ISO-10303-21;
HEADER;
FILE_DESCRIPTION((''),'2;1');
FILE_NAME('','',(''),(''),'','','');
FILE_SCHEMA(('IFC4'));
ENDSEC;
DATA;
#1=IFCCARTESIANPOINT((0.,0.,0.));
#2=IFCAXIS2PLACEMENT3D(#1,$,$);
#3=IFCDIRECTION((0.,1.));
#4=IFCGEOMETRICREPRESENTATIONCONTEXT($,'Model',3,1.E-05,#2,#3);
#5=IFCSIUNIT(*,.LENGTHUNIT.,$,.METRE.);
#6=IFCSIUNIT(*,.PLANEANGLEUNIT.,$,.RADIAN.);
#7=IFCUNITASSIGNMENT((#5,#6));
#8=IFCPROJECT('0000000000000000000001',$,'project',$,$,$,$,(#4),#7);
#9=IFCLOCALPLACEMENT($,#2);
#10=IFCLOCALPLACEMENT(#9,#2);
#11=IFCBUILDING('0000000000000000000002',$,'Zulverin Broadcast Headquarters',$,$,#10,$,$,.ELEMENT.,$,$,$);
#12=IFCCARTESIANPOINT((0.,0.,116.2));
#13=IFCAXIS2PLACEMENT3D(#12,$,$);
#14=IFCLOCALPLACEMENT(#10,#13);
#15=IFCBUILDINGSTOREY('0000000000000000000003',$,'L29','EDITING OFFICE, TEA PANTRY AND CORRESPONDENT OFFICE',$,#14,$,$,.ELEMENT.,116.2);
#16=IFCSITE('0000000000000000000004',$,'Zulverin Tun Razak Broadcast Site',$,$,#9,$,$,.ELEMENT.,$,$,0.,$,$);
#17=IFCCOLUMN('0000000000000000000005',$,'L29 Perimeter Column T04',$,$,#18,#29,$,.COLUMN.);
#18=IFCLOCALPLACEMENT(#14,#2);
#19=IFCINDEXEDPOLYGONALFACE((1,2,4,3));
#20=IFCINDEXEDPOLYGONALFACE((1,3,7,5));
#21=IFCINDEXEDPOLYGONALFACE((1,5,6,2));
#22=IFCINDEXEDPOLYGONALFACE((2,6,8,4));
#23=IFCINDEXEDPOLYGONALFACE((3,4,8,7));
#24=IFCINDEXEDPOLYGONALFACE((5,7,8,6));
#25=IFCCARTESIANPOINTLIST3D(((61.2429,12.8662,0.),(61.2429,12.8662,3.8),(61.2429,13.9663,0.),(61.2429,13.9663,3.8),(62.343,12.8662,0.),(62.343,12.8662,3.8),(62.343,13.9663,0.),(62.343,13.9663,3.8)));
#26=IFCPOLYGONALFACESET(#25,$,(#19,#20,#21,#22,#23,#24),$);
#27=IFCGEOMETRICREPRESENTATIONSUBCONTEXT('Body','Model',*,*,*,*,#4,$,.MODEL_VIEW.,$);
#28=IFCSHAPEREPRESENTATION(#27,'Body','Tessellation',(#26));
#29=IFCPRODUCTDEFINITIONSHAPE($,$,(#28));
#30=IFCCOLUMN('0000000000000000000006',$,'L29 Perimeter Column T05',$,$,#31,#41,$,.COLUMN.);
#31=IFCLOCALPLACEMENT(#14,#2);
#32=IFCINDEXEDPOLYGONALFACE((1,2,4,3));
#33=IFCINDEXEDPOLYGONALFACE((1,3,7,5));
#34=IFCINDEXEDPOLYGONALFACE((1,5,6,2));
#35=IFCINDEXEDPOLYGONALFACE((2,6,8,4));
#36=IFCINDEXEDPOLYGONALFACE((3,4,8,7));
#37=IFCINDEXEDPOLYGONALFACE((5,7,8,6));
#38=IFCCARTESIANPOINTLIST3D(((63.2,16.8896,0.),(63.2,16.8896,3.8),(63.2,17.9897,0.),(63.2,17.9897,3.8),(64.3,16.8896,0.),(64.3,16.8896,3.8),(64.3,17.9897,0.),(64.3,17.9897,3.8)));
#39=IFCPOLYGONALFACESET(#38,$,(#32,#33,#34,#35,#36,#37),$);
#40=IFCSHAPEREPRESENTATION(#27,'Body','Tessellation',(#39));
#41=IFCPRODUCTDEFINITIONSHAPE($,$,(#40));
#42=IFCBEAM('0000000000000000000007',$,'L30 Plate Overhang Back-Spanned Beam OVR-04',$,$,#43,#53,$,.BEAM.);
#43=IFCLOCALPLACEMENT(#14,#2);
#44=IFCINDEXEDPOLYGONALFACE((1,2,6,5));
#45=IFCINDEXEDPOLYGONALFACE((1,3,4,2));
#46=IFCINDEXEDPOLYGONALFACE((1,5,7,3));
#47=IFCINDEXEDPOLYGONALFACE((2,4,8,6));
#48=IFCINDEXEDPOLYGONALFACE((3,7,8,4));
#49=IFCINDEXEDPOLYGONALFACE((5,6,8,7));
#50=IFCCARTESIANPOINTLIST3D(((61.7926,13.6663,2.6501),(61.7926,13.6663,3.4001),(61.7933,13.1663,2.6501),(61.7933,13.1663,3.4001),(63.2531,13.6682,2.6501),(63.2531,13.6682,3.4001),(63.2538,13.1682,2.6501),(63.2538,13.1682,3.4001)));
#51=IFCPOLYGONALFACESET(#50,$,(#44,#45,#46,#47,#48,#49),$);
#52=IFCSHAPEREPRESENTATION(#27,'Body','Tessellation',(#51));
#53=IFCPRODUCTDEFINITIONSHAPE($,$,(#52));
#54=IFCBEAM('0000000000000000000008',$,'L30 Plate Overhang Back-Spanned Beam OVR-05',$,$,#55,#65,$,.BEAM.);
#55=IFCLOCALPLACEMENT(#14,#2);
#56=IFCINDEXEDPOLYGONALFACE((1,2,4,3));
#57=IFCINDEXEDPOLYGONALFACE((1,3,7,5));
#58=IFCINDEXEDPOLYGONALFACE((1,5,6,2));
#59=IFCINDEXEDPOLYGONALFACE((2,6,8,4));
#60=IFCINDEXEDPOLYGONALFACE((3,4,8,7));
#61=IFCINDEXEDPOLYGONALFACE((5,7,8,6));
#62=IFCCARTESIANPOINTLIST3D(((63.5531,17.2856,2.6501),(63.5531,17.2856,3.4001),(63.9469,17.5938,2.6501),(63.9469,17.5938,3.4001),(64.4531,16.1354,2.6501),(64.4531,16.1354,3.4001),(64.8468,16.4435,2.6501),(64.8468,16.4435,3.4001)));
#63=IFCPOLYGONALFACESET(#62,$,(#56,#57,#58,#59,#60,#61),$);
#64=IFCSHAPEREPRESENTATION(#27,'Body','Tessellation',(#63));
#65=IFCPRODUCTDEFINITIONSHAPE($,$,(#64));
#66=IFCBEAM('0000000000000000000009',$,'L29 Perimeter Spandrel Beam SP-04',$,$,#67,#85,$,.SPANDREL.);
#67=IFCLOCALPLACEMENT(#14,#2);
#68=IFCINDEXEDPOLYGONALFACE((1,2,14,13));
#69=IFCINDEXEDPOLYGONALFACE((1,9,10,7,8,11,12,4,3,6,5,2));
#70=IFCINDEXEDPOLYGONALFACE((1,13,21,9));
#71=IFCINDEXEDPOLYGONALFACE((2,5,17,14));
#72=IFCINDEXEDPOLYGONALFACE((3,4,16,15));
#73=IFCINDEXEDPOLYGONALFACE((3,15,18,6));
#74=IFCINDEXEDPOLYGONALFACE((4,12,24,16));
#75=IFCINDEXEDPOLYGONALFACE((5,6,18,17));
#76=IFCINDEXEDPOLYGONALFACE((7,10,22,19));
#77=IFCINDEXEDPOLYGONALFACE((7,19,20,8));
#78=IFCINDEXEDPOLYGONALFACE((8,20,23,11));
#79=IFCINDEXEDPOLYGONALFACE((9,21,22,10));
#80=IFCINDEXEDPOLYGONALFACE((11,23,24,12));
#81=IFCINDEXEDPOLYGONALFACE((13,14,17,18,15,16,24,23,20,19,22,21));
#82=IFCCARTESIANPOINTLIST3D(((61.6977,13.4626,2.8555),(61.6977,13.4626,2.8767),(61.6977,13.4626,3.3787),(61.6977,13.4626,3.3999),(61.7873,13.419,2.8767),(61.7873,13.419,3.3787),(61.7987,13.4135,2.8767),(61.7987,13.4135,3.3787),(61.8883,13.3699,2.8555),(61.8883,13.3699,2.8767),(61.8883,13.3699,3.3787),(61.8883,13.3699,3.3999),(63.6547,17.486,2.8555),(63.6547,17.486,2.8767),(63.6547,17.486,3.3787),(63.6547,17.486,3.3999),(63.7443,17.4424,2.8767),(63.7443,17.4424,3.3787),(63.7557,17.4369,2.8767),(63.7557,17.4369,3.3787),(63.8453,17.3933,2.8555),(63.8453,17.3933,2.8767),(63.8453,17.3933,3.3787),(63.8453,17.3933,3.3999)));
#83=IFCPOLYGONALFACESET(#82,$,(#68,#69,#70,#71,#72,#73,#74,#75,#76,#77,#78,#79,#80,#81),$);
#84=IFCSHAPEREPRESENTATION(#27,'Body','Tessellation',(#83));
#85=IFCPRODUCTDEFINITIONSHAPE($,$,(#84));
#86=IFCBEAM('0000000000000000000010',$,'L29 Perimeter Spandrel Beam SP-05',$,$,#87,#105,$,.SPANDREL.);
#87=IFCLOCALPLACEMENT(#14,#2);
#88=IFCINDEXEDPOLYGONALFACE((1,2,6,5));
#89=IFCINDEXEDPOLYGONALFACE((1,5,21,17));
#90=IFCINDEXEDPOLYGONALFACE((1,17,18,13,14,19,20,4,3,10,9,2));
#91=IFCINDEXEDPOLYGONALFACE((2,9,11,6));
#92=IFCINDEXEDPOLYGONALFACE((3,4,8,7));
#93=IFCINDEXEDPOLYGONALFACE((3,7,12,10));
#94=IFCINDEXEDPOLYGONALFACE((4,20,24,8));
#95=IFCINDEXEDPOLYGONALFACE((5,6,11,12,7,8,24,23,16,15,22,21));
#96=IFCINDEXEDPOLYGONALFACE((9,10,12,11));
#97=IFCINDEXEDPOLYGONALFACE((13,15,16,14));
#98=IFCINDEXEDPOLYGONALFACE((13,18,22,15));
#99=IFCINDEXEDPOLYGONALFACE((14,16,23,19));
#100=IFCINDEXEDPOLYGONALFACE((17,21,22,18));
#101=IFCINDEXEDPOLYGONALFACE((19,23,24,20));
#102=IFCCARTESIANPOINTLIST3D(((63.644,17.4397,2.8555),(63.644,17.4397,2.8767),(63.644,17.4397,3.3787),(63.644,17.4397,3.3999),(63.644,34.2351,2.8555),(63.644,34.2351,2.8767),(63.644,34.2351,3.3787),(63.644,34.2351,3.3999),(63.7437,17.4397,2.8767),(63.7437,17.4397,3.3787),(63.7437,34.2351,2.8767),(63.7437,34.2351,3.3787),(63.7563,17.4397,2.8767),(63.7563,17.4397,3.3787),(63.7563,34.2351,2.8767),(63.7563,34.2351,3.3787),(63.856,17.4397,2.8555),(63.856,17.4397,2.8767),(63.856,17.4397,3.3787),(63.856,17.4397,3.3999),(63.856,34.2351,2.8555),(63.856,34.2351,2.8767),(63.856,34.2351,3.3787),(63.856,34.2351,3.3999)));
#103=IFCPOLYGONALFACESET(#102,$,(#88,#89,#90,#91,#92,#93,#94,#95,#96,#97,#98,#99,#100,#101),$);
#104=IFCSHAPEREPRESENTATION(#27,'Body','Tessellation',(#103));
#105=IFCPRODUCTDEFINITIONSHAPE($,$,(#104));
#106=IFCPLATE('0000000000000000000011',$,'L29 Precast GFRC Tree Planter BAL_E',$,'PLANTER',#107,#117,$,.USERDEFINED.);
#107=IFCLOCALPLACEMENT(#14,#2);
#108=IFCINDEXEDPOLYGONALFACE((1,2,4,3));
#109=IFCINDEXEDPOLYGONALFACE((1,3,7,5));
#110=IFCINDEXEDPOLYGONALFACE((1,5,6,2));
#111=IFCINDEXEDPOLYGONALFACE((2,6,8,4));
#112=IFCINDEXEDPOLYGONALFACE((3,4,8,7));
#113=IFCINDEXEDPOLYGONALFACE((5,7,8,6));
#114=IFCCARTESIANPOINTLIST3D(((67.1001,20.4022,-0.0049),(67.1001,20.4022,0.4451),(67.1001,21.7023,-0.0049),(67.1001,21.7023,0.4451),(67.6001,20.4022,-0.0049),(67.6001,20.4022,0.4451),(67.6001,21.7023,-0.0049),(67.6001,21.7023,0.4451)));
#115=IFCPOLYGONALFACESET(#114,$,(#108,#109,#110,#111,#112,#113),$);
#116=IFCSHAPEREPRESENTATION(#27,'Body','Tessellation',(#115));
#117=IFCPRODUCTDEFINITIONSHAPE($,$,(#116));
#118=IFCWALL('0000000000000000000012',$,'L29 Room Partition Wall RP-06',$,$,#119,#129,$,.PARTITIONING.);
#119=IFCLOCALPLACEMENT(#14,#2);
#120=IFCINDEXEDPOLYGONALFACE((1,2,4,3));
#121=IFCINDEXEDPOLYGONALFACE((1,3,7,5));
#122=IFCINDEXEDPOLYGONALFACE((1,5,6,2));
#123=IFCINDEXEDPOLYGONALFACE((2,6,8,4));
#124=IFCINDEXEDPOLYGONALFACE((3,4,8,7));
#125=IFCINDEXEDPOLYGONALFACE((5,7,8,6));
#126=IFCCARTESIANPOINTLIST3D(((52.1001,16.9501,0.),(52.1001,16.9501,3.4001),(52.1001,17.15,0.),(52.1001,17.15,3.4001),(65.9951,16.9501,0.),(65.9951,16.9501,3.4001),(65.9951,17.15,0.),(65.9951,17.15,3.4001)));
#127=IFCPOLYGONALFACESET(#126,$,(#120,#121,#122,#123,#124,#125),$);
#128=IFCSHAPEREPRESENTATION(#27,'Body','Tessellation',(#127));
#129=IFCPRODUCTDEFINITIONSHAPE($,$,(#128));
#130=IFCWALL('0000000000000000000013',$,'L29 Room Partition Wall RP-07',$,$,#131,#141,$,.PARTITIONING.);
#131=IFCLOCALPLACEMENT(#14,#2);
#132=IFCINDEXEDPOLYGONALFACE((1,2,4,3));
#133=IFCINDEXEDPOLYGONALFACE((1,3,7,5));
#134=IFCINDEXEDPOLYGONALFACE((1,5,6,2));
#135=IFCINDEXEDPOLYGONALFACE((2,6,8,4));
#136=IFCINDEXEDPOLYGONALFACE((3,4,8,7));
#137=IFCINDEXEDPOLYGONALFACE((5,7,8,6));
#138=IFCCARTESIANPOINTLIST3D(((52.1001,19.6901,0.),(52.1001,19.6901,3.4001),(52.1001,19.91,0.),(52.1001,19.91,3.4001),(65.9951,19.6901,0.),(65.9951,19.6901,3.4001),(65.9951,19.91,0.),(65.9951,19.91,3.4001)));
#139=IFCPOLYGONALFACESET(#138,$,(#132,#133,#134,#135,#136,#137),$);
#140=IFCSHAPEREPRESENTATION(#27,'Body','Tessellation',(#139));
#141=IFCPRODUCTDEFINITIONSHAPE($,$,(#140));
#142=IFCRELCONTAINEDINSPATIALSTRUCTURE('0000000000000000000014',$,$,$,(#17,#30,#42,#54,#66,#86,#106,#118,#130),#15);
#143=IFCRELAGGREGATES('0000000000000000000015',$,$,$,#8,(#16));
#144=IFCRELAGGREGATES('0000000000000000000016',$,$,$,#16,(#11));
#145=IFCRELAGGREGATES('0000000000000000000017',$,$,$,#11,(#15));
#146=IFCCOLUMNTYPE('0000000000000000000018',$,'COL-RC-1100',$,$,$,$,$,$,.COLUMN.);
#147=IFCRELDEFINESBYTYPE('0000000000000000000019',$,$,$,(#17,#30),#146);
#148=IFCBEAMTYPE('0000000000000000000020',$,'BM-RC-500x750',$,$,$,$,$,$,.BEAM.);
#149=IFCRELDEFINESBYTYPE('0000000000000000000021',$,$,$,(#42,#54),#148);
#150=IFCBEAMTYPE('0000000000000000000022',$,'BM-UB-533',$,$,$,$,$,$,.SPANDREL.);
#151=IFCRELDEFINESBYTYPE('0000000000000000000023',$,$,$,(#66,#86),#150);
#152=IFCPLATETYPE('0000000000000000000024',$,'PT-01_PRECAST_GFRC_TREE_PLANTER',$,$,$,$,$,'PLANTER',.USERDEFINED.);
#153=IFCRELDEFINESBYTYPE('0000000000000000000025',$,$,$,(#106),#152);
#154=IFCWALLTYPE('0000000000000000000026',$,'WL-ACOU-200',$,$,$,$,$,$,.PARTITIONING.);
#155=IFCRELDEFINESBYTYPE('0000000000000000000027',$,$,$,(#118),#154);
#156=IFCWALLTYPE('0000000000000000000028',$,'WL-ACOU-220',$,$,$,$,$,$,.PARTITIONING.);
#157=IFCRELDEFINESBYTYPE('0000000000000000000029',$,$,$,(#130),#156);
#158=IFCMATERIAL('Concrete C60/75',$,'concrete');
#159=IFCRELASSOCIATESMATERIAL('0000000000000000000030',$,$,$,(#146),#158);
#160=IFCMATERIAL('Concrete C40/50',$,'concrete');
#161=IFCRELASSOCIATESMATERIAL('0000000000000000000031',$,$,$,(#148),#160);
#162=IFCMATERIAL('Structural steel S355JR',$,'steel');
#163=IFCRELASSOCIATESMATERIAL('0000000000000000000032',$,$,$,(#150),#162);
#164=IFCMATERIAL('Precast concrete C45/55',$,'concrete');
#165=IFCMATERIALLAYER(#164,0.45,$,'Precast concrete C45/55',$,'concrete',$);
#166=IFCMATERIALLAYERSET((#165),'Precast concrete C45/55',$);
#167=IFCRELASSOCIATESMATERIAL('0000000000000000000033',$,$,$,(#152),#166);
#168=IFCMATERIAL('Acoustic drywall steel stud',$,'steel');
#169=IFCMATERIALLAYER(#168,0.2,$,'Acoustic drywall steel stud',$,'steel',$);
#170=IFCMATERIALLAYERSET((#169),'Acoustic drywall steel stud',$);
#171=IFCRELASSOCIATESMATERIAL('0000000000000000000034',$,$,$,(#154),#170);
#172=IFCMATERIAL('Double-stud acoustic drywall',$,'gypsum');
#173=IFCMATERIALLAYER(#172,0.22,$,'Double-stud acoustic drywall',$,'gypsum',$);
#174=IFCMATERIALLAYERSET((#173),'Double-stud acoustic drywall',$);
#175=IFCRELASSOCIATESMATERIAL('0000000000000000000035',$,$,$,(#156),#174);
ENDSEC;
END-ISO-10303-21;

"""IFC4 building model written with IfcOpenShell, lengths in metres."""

from ifc_helpers import new_model, si_unit, direction, frame, frame_2d, origin, origin_2d, place, context, subcontext, project, spatial, rectangle, i_section, extrude, material, layer, layer_set, material_profile, profile_set, type_object, element, save


model = new_model("IFC4")

# Units and contexts
model_context = context("Model", 3, precision=1e-05, world=origin(), true_north=direction((0.0, 1.0)))
body_context = subcontext(model_context, "Body", "Model", "MODEL_VIEW")
ifc_project = project(units=[si_unit("LENGTHUNIT", "METRE"), si_unit("PLANEANGLEUNIT", "RADIAN")], contexts=[model_context])

# Site, building, storey
site_placement = place(None, origin())
site = spatial("IfcSite", under=ifc_project, at=site_placement, Name="Zulverin Tun Razak Broadcast Site", CompositionType="ELEMENT", RefElevation=0.0)
building_placement = place(site_placement, origin())
building = spatial("IfcBuilding", under=site, at=building_placement, Name="Zulverin Broadcast Headquarters", CompositionType="ELEMENT")
storey_placement = place(building_placement, frame((0.0, 0.0, 116.2)))
storey = spatial("IfcBuildingStorey", under=building, at=storey_placement, Name="L29", Description="EDITING OFFICE, TEA PANTRY AND CORRESPONDENT OFFICE", CompositionType="ELEMENT", Elevation=116.2)

# Columns
ifc_material_1 = material(Name="Concrete C60/75", Category="concrete")
ifc_material_profile_1 = material_profile(ifc_material_1, rectangle(XDim=1.1001, YDim=1.1001, at=origin_2d()), Name="Concrete C60/75", Category="concrete")
ifc_profile_set_1 = profile_set([ifc_material_profile_1], Name="Concrete C60/75")
column_type = type_object("IfcColumnType", Name="COL-RC-1100", PredefinedType="COLUMN", material=ifc_profile_set_1)
for number, where, z_axis, x_axis, name in (
    (1, (61.793, 13.4163, 0.0), (0.0, 0.0, 1.0), (1.0, 0.0, 0.0), "L29 Perimeter Column T04"),
    (2, (63.75, 17.4397, 0.0), (0.0, 0.0, 1.0), (1.0, 0.0, 0.0), "L29 Perimeter Column T05"),
):
    element("IfcColumn", number, at=place(storey_placement, frame(where, z_axis=z_axis, x_axis=x_axis)), inside=storey, type_object=column_type, Name=name, PredefinedType="COLUMN", context=body_context, shape_type="SweptSolid", body=[
        extrude(rectangle(XDim=1.1001, YDim=1.1001, at=origin_2d()), origin(), (0.0, 0.0, 1.0), 3.8),
    ])

# Beams
ifc_material_2 = material(Name="Concrete C40/50", Category="concrete")
ifc_material_profile_2 = material_profile(ifc_material_2, rectangle(XDim=0.5, YDim=0.75, at=origin_2d()), Name="Concrete C40/50", Category="concrete")
ifc_profile_set_2 = profile_set([ifc_material_profile_2], Name="Concrete C40/50")
beam_type_1 = type_object("IfcBeamType", Name="BM-RC-500x750", PredefinedType="BEAM", material=ifc_profile_set_2)
for number, where, z_axis, x_axis, name in (
    (3, (61.793, 13.4163, 3.0251), (0.999999, 0.001337, 0.0), (-0.001337, 0.999999, 0.0), "L30 Plate Overhang Back-Spanned Beam OVR-04"),
    (4, (63.75, 17.4397, 3.0251), (0.616218, -0.787576, 0.0), (0.787576, 0.616218, 0.0), "L30 Plate Overhang Back-Spanned Beam OVR-05"),
):
    element("IfcBeam", number, at=place(storey_placement, frame(where, z_axis=z_axis, x_axis=x_axis)), inside=storey, type_object=beam_type_1, Name=name, PredefinedType="BEAM", context=body_context, shape_type="SweptSolid", body=[
        extrude(rectangle(XDim=0.5, YDim=0.75, at=origin_2d()), origin(), (0.0, 0.0, 1.0), 1.4604),
    ])
ifc_material_3 = material(Name="Structural steel S355JR", Category="steel")
ifc_material_profile_3 = material_profile(ifc_material_3, i_section(OverallWidth=0.2119, OverallDepth=0.5444, WebThickness=0.0127, FlangeThickness=0.0212, at=origin_2d()), Name="Structural steel S355JR", Category="steel")
ifc_profile_set_3 = profile_set([ifc_material_profile_3], Name="Structural steel S355JR")
beam_type_2 = type_object("IfcBeamType", Name="BM-UB-533", PredefinedType="SPANDREL", material=ifc_profile_set_3)
beam_1_placement = place(storey_placement, frame((61.793, 13.4163, 3.1277), z_axis=(0.437408, 0.899263, 0.0), x_axis=(-0.899263, 0.437408, 0.0)))
element("IfcBeam", 5, at=beam_1_placement, inside=storey, type_object=beam_type_2, Name="L29 Perimeter Spandrel Beam SP-04", PredefinedType="SPANDREL", context=body_context, shape_type="SweptSolid", body=[
    extrude(i_section(OverallWidth=0.2119, OverallDepth=0.5444, WebThickness=0.0127, FlangeThickness=0.0212, at=origin_2d()), origin(), (0.0, 0.0, 1.0), 4.4741),
])
beam_2_placement = place(storey_placement, frame((63.75, 17.4397, 3.1277), z_axis=(0.0, 1.0, 0.0), x_axis=(-1.0, 0.0, 0.0)))
element("IfcBeam", 6, at=beam_2_placement, inside=storey, type_object=beam_type_2, Name="L29 Perimeter Spandrel Beam SP-05", PredefinedType="SPANDREL", context=body_context, shape_type="SweptSolid", body=[
    extrude(i_section(OverallWidth=0.2119, OverallDepth=0.5444, WebThickness=0.0127, FlangeThickness=0.0212, at=origin_2d()), origin(), (0.0, 0.0, 1.0), 16.7954),
])

# Plate
ifc_material_4 = material(Name="Precast concrete C45/55", Category="concrete")
ifc_layer_1 = layer(ifc_material_4, 0.45, Name="Precast concrete C45/55", Category="concrete")
ifc_layer_set_1 = layer_set([ifc_layer_1], Name="Precast concrete C45/55")
plate_type = type_object("IfcPlateType", Name="PT-01_PRECAST_GFRC_TREE_PLANTER", ElementType="PLANTER", PredefinedType="USERDEFINED", material=ifc_layer_set_1)
plate_placement = place(storey_placement, frame((67.3501, 21.0522, -0.0049), z_axis=(0.0, 0.0, 1.0), x_axis=(0.0, 1.0, 0.0)))
element("IfcPlate", 7, at=plate_placement, inside=storey, type_object=plate_type, Name="L29 Precast GFRC Tree Planter BAL_E", ObjectType="PLANTER", PredefinedType="USERDEFINED", context=body_context, shape_type="SweptSolid", body=[
    extrude(rectangle(XDim=1.3, YDim=0.5, at=origin_2d()), origin(), (0.0, 0.0, 1.0), 0.45),
])

# Walls
ifc_material_5 = material(Name="Acoustic drywall steel stud", Category="steel")
ifc_layer_2 = layer(ifc_material_5, 0.2, Name="Acoustic drywall steel stud", Category="steel")
ifc_layer_set_2 = layer_set([ifc_layer_2], Name="Acoustic drywall steel stud")
wall_type_1 = type_object("IfcWallType", Name="WL-ACOU-200", PredefinedType="PARTITIONING", material=ifc_layer_set_2)
wall_1_placement = place(storey_placement, frame((52.1001, 17.05, 0.0), z_axis=(0.0, 0.0, 1.0), x_axis=(1.0, 0.0, 0.0)))
element("IfcWall", 8, at=wall_1_placement, inside=storey, type_object=wall_type_1, Name="L29 Room Partition Wall RP-06", PredefinedType="PARTITIONING", context=body_context, shape_type="SweptSolid", body=[
    extrude(rectangle(XDim=13.895, YDim=0.2, at=frame_2d((6.9475, 0.0))), origin(), (0.0, 0.0, 1.0), 3.4001),
])
ifc_material_6 = material(Name="Double-stud acoustic drywall", Category="gypsum")
ifc_layer_3 = layer(ifc_material_6, 0.22, Name="Double-stud acoustic drywall", Category="gypsum")
ifc_layer_set_3 = layer_set([ifc_layer_3], Name="Double-stud acoustic drywall")
wall_type_2 = type_object("IfcWallType", Name="WL-ACOU-220", PredefinedType="PARTITIONING", material=ifc_layer_set_3)
wall_2_placement = place(storey_placement, frame((52.1001, 19.8, 0.0), z_axis=(0.0, 0.0, 1.0), x_axis=(1.0, 0.0, 0.0)))
element("IfcWall", 9, at=wall_2_placement, inside=storey, type_object=wall_type_2, Name="L29 Room Partition Wall RP-07", PredefinedType="PARTITIONING", context=body_context, shape_type="SweptSolid", body=[
    extrude(rectangle(XDim=13.895, YDim=0.22, at=frame_2d((6.9475, 0.0))), origin(), (0.0, 0.0, 1.0), 3.4001),
])

save(model, "model.ifc")
